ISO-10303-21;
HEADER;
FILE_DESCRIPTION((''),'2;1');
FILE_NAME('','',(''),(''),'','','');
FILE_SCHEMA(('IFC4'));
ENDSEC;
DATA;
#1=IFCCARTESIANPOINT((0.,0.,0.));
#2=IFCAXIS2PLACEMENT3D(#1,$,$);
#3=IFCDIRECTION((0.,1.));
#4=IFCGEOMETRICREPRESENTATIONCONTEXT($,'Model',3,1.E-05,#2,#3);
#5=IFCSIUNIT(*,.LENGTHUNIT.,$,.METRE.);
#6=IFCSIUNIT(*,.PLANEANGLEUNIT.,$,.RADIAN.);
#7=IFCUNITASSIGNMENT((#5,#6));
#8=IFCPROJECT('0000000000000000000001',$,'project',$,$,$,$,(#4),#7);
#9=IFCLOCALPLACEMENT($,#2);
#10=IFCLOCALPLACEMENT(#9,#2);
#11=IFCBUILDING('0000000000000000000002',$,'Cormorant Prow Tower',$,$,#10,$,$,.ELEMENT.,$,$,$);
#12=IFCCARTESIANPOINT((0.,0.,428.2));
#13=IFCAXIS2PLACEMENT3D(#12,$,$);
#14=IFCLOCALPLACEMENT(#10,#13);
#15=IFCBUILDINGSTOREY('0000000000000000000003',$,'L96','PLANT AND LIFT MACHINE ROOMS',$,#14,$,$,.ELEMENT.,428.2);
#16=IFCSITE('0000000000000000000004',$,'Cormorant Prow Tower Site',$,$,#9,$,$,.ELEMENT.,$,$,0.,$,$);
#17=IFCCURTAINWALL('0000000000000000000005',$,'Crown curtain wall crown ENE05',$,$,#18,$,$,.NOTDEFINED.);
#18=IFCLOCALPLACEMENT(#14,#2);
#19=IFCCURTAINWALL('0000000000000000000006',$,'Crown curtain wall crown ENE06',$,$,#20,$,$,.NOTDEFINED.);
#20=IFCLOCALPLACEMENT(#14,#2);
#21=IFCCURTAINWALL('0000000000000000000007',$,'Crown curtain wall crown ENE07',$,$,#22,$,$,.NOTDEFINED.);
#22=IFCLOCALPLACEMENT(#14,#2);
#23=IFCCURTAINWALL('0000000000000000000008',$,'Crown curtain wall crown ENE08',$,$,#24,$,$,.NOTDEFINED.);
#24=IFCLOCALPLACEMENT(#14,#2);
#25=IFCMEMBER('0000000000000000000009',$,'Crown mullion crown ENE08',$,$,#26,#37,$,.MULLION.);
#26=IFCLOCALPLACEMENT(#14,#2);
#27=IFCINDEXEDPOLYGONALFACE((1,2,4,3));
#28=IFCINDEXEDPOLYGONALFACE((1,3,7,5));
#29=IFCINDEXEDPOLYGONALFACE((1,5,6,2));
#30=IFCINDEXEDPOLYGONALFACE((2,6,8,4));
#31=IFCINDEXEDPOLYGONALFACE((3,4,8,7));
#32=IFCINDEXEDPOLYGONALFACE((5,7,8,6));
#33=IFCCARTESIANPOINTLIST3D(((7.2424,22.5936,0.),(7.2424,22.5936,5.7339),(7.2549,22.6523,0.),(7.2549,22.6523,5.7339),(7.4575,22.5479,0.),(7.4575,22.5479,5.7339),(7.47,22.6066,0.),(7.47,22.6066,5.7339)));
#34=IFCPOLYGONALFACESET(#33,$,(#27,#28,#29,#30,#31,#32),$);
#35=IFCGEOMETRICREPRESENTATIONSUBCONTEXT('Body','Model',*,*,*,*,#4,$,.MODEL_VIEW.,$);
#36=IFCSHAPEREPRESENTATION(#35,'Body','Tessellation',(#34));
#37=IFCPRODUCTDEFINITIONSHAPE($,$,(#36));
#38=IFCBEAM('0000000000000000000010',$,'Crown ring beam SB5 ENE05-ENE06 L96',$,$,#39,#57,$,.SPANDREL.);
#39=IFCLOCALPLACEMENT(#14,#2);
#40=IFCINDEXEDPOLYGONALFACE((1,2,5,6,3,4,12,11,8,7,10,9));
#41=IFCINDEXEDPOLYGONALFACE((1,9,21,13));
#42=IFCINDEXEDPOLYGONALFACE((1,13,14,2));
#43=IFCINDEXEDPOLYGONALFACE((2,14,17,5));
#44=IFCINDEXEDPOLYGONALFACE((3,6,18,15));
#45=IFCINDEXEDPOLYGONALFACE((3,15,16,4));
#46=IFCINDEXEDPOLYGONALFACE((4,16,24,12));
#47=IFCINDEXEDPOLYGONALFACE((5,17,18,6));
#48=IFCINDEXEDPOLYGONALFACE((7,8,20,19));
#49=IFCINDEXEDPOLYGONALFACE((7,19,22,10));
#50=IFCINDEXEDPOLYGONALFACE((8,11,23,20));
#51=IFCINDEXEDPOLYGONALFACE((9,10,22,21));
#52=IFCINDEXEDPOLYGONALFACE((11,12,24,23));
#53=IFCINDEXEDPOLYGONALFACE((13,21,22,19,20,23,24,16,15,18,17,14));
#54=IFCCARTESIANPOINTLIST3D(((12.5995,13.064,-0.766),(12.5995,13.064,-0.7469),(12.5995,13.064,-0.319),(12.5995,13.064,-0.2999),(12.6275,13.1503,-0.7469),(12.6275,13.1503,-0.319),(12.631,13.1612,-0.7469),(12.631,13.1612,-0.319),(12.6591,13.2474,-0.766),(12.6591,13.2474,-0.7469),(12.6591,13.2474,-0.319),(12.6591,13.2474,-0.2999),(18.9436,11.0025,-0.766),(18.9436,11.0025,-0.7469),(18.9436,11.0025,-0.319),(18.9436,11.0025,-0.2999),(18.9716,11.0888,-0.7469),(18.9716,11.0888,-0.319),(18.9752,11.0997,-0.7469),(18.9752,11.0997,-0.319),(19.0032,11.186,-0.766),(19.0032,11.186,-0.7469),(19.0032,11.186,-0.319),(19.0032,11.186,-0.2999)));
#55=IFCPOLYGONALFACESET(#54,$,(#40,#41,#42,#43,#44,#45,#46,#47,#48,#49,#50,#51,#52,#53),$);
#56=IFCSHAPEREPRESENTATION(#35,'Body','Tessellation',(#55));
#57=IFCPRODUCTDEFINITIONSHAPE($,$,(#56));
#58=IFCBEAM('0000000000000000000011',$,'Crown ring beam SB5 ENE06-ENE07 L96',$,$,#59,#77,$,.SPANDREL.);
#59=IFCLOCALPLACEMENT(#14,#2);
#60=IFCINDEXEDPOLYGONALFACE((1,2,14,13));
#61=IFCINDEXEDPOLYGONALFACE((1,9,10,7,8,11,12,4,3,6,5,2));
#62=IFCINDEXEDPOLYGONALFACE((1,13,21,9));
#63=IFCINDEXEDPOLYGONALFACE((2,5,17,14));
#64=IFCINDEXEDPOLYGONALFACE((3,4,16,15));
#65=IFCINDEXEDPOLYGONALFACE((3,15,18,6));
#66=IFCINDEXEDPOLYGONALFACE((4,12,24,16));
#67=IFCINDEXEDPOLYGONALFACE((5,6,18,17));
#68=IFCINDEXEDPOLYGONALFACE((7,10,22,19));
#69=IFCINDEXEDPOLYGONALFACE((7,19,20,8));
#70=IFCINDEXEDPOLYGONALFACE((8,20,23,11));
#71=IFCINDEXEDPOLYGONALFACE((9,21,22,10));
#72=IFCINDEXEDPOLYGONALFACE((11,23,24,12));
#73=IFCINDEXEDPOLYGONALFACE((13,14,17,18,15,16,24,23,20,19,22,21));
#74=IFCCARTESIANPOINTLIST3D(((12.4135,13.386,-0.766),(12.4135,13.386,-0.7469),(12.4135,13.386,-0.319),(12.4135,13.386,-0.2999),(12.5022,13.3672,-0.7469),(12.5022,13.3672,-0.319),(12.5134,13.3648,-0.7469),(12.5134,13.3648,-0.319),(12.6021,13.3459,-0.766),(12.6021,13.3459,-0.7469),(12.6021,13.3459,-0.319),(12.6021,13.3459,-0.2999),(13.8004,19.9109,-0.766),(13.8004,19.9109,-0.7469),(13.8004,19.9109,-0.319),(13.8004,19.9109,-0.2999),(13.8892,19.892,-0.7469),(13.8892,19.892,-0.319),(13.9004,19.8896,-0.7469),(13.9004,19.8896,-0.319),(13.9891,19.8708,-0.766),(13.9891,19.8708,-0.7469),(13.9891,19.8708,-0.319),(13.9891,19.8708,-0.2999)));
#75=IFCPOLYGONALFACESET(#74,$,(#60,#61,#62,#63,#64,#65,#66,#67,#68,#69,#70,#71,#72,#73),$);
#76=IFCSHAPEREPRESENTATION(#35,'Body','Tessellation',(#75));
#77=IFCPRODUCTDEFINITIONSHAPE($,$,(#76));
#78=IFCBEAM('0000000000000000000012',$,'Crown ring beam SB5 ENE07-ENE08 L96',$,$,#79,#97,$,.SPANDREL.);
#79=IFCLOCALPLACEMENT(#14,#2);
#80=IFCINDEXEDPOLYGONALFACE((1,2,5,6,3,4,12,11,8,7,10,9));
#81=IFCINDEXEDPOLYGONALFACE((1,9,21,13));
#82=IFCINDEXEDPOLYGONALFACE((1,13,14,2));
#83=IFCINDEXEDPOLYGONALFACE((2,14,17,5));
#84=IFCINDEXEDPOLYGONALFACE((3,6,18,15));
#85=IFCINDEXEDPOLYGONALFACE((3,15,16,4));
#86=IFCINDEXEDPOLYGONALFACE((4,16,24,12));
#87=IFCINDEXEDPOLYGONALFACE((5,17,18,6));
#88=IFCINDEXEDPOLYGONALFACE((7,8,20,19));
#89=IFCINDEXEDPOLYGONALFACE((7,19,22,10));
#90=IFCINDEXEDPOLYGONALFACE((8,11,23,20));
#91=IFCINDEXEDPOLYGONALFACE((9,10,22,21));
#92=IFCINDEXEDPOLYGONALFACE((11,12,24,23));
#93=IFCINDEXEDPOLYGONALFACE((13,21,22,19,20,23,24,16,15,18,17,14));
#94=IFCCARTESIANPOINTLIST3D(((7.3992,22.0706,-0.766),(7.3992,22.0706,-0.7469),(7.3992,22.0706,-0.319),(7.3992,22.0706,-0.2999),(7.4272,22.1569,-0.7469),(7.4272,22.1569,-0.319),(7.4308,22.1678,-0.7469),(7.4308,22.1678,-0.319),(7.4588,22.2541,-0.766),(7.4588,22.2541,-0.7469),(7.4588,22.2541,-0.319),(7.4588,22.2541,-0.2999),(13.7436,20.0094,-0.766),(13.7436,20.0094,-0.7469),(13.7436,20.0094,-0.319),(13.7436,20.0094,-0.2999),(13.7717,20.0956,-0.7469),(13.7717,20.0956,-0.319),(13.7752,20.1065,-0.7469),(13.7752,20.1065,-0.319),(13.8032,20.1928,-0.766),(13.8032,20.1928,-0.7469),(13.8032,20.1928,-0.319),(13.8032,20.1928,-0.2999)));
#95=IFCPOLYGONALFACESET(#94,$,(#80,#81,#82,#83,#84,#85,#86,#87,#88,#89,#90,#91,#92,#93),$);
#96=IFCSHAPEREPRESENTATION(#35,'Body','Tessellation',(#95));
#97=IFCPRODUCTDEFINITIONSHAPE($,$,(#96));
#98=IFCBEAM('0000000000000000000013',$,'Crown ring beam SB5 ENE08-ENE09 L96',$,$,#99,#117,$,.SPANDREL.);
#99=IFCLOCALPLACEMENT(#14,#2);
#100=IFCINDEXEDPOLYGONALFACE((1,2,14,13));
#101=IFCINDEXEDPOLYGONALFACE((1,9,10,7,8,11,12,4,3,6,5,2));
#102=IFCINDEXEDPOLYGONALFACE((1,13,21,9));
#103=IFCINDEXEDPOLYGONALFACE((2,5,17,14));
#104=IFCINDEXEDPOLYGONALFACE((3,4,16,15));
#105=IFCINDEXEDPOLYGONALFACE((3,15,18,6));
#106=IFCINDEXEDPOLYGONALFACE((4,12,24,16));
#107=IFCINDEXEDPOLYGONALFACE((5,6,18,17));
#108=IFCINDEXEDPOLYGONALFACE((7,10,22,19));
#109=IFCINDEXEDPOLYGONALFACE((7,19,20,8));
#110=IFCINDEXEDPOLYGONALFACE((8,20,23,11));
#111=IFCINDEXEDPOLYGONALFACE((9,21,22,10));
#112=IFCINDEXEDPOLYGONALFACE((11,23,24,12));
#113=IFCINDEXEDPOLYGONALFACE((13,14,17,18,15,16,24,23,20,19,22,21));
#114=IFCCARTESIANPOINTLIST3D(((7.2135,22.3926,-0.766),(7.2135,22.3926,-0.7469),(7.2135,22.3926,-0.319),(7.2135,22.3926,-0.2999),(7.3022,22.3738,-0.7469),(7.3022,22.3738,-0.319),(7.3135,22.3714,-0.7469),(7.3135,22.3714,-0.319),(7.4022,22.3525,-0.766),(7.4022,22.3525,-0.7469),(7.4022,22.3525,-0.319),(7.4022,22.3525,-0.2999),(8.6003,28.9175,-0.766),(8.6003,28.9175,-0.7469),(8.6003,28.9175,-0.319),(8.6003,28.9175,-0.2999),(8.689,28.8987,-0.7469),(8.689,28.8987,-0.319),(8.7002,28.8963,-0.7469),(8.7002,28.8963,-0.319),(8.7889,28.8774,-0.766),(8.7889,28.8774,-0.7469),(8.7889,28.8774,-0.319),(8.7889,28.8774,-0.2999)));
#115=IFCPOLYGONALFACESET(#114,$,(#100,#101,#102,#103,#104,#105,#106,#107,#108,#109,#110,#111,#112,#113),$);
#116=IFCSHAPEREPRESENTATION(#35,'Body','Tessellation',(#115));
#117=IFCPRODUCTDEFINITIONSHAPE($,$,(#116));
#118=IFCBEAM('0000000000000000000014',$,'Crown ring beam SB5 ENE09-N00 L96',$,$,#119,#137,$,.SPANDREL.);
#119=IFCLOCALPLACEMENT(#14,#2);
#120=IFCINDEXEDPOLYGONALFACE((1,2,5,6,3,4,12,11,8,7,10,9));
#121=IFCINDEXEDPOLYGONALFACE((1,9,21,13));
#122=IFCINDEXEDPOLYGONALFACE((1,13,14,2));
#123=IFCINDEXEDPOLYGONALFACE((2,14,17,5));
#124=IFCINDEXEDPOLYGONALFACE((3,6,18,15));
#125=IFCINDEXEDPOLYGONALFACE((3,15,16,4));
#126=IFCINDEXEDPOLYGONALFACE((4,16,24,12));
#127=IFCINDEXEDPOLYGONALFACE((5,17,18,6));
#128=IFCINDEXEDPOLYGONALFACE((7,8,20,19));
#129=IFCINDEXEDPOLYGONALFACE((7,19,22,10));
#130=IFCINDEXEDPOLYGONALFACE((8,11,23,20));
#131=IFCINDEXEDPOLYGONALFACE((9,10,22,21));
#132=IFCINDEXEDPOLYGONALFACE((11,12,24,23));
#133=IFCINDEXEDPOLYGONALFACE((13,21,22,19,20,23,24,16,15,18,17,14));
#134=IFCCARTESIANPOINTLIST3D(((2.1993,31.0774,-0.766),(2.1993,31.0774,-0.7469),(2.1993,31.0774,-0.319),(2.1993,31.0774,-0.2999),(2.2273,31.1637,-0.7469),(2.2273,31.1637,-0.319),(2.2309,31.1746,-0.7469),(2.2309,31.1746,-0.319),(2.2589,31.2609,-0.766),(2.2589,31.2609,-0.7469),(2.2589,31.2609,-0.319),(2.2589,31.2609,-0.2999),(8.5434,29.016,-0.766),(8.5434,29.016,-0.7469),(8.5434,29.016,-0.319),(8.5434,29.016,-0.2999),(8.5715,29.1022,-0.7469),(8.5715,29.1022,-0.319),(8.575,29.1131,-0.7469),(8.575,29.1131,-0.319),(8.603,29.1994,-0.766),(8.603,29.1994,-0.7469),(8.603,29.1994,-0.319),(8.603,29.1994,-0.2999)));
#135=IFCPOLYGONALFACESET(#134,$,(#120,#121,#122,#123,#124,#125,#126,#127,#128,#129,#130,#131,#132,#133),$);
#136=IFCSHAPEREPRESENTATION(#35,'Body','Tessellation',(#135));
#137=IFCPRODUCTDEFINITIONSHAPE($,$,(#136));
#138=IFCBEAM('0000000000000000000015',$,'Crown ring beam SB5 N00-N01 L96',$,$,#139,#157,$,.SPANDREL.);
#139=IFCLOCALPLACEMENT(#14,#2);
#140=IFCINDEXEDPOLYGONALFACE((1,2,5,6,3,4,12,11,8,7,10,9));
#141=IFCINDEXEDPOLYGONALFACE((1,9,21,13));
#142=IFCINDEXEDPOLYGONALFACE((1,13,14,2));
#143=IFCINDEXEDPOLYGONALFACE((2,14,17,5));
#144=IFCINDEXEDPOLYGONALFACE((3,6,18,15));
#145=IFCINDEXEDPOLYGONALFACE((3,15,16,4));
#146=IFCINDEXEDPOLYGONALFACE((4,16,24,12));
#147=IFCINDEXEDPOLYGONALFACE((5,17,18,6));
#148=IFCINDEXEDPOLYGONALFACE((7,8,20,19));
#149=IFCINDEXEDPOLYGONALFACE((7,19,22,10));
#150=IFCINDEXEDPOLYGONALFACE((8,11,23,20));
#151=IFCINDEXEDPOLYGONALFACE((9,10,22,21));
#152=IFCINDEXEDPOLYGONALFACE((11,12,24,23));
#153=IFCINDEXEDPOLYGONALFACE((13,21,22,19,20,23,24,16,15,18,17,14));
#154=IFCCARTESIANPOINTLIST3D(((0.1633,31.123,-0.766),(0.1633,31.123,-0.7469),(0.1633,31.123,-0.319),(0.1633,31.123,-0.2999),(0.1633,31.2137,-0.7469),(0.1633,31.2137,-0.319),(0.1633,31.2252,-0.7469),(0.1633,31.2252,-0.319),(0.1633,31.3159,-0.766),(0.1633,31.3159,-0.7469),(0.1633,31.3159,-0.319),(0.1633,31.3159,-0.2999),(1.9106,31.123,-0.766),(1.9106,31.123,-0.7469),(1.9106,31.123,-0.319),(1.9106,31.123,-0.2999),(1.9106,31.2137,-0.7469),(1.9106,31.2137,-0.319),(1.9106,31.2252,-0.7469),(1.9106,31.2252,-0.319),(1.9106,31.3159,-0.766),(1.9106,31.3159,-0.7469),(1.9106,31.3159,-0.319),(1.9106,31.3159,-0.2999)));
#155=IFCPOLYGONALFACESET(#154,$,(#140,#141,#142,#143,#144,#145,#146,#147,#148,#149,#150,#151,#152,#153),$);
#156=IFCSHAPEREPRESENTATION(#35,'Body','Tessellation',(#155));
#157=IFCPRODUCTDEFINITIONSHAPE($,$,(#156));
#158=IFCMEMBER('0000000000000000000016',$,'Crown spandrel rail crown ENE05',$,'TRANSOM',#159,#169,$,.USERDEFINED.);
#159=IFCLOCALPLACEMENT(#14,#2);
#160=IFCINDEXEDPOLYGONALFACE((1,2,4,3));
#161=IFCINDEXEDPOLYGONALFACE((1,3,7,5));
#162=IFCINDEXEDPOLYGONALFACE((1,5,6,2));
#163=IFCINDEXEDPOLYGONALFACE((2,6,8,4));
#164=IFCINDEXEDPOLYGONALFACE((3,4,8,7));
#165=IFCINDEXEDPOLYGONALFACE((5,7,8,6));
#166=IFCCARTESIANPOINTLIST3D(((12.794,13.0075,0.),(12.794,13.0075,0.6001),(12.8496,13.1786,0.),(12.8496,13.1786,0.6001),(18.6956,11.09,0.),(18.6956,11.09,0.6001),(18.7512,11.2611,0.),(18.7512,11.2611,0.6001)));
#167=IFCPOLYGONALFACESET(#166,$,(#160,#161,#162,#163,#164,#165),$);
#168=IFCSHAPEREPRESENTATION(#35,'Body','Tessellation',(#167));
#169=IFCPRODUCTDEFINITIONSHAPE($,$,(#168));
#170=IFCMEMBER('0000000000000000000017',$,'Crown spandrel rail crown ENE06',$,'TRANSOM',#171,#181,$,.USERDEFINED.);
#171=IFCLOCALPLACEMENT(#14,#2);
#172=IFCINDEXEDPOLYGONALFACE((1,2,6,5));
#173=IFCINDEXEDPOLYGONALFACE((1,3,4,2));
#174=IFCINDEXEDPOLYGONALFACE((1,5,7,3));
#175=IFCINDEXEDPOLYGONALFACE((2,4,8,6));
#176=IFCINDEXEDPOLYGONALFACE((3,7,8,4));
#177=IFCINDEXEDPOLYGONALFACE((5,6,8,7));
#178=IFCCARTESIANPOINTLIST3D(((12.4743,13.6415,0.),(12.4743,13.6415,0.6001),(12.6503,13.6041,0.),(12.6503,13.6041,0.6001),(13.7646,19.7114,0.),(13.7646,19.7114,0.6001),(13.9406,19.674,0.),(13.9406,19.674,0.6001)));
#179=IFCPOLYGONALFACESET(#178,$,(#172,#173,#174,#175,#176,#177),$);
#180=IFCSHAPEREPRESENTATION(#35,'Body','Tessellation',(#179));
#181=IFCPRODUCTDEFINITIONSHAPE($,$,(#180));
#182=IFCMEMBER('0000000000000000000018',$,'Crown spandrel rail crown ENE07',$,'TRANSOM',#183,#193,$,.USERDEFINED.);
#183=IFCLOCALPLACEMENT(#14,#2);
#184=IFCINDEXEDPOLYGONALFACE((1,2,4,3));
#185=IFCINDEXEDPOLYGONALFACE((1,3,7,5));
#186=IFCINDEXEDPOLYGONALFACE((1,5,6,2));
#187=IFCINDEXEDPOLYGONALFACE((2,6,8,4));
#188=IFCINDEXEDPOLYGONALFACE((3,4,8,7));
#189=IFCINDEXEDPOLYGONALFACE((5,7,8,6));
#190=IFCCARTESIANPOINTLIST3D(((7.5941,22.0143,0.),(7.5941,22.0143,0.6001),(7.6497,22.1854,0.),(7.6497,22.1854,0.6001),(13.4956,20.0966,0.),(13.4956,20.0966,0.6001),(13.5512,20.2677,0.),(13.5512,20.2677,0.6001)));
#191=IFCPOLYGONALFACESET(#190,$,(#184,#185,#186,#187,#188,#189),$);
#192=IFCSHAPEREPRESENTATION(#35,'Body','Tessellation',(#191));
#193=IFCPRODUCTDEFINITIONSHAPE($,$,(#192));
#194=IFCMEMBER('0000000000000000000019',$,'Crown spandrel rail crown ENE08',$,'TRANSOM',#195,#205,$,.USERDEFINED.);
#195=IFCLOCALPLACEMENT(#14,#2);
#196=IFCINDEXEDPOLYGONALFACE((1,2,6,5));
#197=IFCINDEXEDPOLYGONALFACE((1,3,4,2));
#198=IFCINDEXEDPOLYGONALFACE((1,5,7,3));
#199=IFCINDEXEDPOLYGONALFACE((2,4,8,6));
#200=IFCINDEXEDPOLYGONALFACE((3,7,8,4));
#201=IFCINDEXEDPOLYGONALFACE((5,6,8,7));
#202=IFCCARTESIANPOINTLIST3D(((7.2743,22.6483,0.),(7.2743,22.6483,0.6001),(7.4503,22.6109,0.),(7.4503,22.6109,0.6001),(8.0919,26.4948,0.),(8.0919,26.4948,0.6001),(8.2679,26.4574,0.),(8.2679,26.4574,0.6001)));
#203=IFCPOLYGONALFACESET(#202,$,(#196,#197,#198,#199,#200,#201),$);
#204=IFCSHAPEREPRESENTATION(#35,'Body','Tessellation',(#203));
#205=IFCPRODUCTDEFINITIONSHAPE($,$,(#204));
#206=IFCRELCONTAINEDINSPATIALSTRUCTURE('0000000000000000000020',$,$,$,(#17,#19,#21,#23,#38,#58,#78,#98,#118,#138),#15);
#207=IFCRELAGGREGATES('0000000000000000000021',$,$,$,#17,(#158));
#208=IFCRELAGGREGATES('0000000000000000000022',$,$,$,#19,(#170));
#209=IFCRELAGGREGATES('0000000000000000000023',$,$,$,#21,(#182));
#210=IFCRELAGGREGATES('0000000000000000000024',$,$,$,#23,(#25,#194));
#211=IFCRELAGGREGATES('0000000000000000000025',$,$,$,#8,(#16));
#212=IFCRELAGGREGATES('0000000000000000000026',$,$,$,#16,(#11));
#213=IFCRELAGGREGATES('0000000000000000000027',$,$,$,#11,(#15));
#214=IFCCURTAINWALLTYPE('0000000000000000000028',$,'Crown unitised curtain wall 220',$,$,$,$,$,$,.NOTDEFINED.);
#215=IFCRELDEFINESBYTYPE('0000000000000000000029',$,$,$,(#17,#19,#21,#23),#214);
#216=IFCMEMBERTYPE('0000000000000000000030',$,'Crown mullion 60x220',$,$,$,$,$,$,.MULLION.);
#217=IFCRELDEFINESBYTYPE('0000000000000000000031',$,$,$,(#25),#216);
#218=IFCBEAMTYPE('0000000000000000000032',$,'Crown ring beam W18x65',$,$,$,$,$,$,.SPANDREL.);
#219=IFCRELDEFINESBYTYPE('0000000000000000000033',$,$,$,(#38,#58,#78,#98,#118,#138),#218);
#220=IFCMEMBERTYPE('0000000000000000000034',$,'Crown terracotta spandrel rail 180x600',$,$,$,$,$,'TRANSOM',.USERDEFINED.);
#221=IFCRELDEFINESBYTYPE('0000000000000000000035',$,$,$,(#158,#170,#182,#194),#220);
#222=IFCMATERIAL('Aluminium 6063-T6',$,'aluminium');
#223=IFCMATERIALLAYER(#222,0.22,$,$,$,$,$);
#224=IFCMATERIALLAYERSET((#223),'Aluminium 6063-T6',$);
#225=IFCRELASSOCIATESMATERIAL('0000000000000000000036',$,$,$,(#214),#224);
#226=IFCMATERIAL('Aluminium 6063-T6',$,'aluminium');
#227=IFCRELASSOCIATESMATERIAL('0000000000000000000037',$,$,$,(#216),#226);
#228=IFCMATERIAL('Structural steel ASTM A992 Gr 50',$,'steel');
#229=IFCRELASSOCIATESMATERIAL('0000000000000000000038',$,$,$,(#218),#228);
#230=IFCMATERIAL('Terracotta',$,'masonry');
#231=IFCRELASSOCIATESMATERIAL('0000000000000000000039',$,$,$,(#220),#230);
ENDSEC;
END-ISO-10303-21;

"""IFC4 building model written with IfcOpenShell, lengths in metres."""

from ifc_helpers import new_model, si_unit, direction, frame, origin, origin_2d, place, context, subcontext, project, spatial, rectangle, i_section, extrude, material, layer, layer_set, material_profile, profile_set, type_object, element, aggregate, save


model = new_model("IFC4")

# Units and contexts
model_context = context("Model", 3, precision=1e-05, world=origin(), true_north=direction((0.0, 1.0)))
body_context = subcontext(model_context, "Body", "Model", "MODEL_VIEW")
ifc_project = project(units=[si_unit("LENGTHUNIT", "METRE"), si_unit("PLANEANGLEUNIT", "RADIAN")], contexts=[model_context])

# Site, building, storey
site_placement = place(None, origin())
site = spatial("IfcSite", under=ifc_project, at=site_placement, Name="Cormorant Prow Tower Site", CompositionType="ELEMENT", RefElevation=0.0)
building_placement = place(site_placement, origin())
building = spatial("IfcBuilding", under=site, at=building_placement, Name="Cormorant Prow Tower", CompositionType="ELEMENT")
storey_placement = place(building_placement, frame((0.0, 0.0, 428.2)))
storey = spatial("IfcBuildingStorey", under=building, at=storey_placement, Name="L96", Description="PLANT AND LIFT MACHINE ROOMS", CompositionType="ELEMENT", Elevation=428.2)

# Curtain walls, member
ifc_material_1 = material(Name="Aluminium 6063-T6", Category="aluminium")
ifc_layer_1 = layer(ifc_material_1, 0.22)
ifc_layer_set_1 = layer_set([ifc_layer_1], Name="Aluminium 6063-T6")
curtain_wall_type = type_object("IfcCurtainWallType", Name="Crown unitised curtain wall 220", PredefinedType="NOTDEFINED", material=ifc_layer_set_1)
curtain_wall_1_placement = place(storey_placement, origin())
curtain_wall_1 = element("IfcCurtainWall", 1, at=curtain_wall_1_placement, inside=storey, type_object=curtain_wall_type, Name="Crown curtain wall crown ENE05", PredefinedType="NOTDEFINED")
ifc_material_2 = material(Name="Aluminium 6063-T6", Category="aluminium")
ifc_material_profile_1 = material_profile(ifc_material_2, rectangle(XDim=0.22, YDim=0.0601, at=origin_2d()), Name="Crown mullion 60x220")
ifc_profile_set_1 = profile_set([ifc_material_profile_1], Name="Aluminium 6063-T6")
member_type_1 = type_object("IfcMemberType", Name="Crown mullion 60x220", PredefinedType="MULLION", material=ifc_profile_set_1)
curtain_wall_2_placement = place(storey_placement, origin())
curtain_wall_2 = element("IfcCurtainWall", 2, at=curtain_wall_2_placement, inside=storey, type_object=curtain_wall_type, Name="Crown curtain wall crown ENE06", PredefinedType="NOTDEFINED")
curtain_wall_3_placement = place(storey_placement, origin())
curtain_wall_3 = element("IfcCurtainWall", 3, at=curtain_wall_3_placement, inside=storey, type_object=curtain_wall_type, Name="Crown curtain wall crown ENE07", PredefinedType="NOTDEFINED")
curtain_wall_4_placement = place(storey_placement, origin())
curtain_wall_4 = element("IfcCurtainWall", 4, at=curtain_wall_4_placement, inside=storey, type_object=curtain_wall_type, Name="Crown curtain wall crown ENE08", PredefinedType="NOTDEFINED")
member_1_placement = place(storey_placement, frame((7.3562, 22.6001, 0.0), z_axis=(0.0, 0.0, 1.0), x_axis=(-0.978148, 0.207912, 0.0)))
member_1 = element("IfcMember", 5, at=member_1_placement, type_object=member_type_1, Name="Crown mullion crown ENE08", PredefinedType="MULLION", context=body_context, shape_type="SweptSolid", body=[
    extrude(rectangle(XDim=0.22, YDim=0.0601, at=origin_2d()), origin(), (0.0, 0.0, 1.0), 5.7339),
])

# Beams
ifc_material_3 = material(Name="Structural steel ASTM A992 Gr 50", Category="steel")
ifc_material_profile_2 = material_profile(ifc_material_3, i_section(OverallWidth=0.1929, OverallDepth=0.4661, WebThickness=0.0115, FlangeThickness=0.019, at=origin_2d()), Name="W18x65")
ifc_profile_set_2 = profile_set([ifc_material_profile_2], Name="Structural steel ASTM A992 Gr 50")
beam_type = type_object("IfcBeamType", Name="Crown ring beam W18x65", PredefinedType="SPANDREL", material=ifc_profile_set_2)
for number, where, z_axis, x_axis, name in (
    (6, (18.9734, 11.0942, -0.533), (-0.95105, 0.309038, 0.0), (-0.309038, -0.95105, 0.0), "Crown ring beam SB5 ENE05-ENE06 L96"),
    (7, (12.5078, 13.366, -0.533), (0.207919, 0.978146, 0.0), (-0.978146, 0.207919, 0.0), "Crown ring beam SB5 ENE06-ENE07 L96"),
):
    element("IfcBeam", number, at=place(storey_placement, frame(where, z_axis=z_axis, x_axis=x_axis)), inside=storey, type_object=beam_type, Name=name, PredefinedType="SPANDREL", context=body_context, shape_type="SweptSolid", body=[
        extrude(i_section(OverallWidth=0.1929, OverallDepth=0.4661, WebThickness=0.0115, FlangeThickness=0.019, at=origin_2d()), origin(), (0.0, 0.0, 1.0), 6.6707),
    ])
beam_1_placement = place(storey_placement, frame((13.7734, 20.1011, -0.533), z_axis=(-0.951064, 0.308994, 0.0), x_axis=(-0.308994, -0.951064, 0.0)))
element("IfcBeam", 8, at=beam_1_placement, inside=storey, type_object=beam_type, Name="Crown ring beam SB5 ENE07-ENE08 L96", PredefinedType="SPANDREL", context=body_context, shape_type="SweptSolid", body=[
    extrude(i_section(OverallWidth=0.1929, OverallDepth=0.4661, WebThickness=0.0115, FlangeThickness=0.019, at=origin_2d()), origin(), (0.0, 0.0, 1.0), 6.6709),
])
for number, where, z_axis, x_axis, name in (
    (9, (7.3079, 22.3726, -0.533), (0.207884, 0.978153, 0.0), (-0.978153, 0.207884, 0.0), "Crown ring beam SB5 ENE08-ENE09 L96"),
    (10, (8.5732, 29.1077, -0.533), (-0.95105, 0.309038, 0.0), (-0.309038, -0.95105, 0.0), "Crown ring beam SB5 ENE09-N00 L96"),
):
    element("IfcBeam", number, at=place(storey_placement, frame(where, z_axis=z_axis, x_axis=x_axis)), inside=storey, type_object=beam_type, Name=name, PredefinedType="SPANDREL", context=body_context, shape_type="SweptSolid", body=[
        extrude(i_section(OverallWidth=0.1929, OverallDepth=0.4661, WebThickness=0.0115, FlangeThickness=0.019, at=origin_2d()), origin(), (0.0, 0.0, 1.0), 6.6707),
    ])
beam_2_placement = place(storey_placement, frame((1.9106, 31.2195, -0.533), z_axis=(-1.0, 0.0, 0.0), x_axis=(0.0, -1.0, 0.0)))
element("IfcBeam", 11, at=beam_2_placement, inside=storey, type_object=beam_type, Name="Crown ring beam SB5 N00-N01 L96", PredefinedType="SPANDREL", context=body_context, shape_type="SweptSolid", body=[
    extrude(i_section(OverallWidth=0.1929, OverallDepth=0.4661, WebThickness=0.0115, FlangeThickness=0.019, at=origin_2d()), origin(), (0.0, 0.0, 1.0), 1.7473),
])

# Members
ifc_material_4 = material(Name="Terracotta", Category="masonry")
ifc_material_profile_3 = material_profile(ifc_material_4, rectangle(XDim=0.1799, YDim=0.6001, at=origin_2d()), Name="Crown terracotta spandrel rail 180x600")
ifc_profile_set_3 = profile_set([ifc_material_profile_3], Name="Terracotta")
member_type_2 = type_object("IfcMemberType", Name="Crown terracotta spandrel rail 180x600", ElementType="TRANSOM", PredefinedType="USERDEFINED", material=ifc_profile_set_3)
member_2_placement = place(storey_placement, frame((18.7234, 11.1755, 0.3), z_axis=(-0.95106, 0.309007, 0.0), x_axis=(-0.309007, -0.95106, 0.0)))
member_2 = element("IfcMember", 12, at=member_2_placement, type_object=member_type_2, Name="Crown spandrel rail crown ENE05", ObjectType="TRANSOM", PredefinedType="USERDEFINED", context=body_context, shape_type="SweptSolid", body=[
    extrude(rectangle(XDim=0.1799, YDim=0.6001, at=origin_2d()), origin(), (0.0, 0.0, 1.0), 6.2053),
])
member_3_placement = place(storey_placement, frame((12.5623, 13.6228, 0.3), z_axis=(0.207927, 0.978144, 0.0), x_axis=(-0.978144, 0.207927, 0.0)))
member_3 = element("IfcMember", 13, at=member_3_placement, type_object=member_type_2, Name="Crown spandrel rail crown ENE06", ObjectType="TRANSOM", PredefinedType="USERDEFINED", context=body_context, shape_type="SweptSolid", body=[
    extrude(rectangle(XDim=0.1799, YDim=0.6001, at=origin_2d()), origin(), (0.0, 0.0, 1.0), 6.2056),
])
member_4_placement = place(storey_placement, frame((13.5234, 20.1821, 0.3), z_axis=(-0.951048, 0.309042, 0.0), x_axis=(-0.309042, -0.951048, 0.0)))
member_4 = element("IfcMember", 14, at=member_4_placement, type_object=member_type_2, Name="Crown spandrel rail crown ENE07", ObjectType="TRANSOM", PredefinedType="USERDEFINED", context=body_context, shape_type="SweptSolid", body=[
    extrude(rectangle(XDim=0.1799, YDim=0.6001, at=origin_2d()), origin(), (0.0, 0.0, 1.0), 6.2053),
])
member_5_placement = place(storey_placement, frame((7.3623, 22.6296, 0.3), z_axis=(0.207922, 0.978145, 0.0), x_axis=(-0.978145, 0.207922, 0.0)))
member_5 = element("IfcMember", 15, at=member_5_placement, type_object=member_type_2, Name="Crown spandrel rail crown ENE08", ObjectType="TRANSOM", PredefinedType="USERDEFINED", context=body_context, shape_type="SweptSolid", body=[
    extrude(rectangle(XDim=0.1799, YDim=0.6001, at=origin_2d()), origin(), (0.0, 0.0, 1.0), 3.9324),
])

aggregate(curtain_wall_1, [member_2])
aggregate(curtain_wall_2, [member_3])
aggregate(curtain_wall_3, [member_4])
aggregate(curtain_wall_4, [member_1, member_5])

save(model, "model.ifc")
